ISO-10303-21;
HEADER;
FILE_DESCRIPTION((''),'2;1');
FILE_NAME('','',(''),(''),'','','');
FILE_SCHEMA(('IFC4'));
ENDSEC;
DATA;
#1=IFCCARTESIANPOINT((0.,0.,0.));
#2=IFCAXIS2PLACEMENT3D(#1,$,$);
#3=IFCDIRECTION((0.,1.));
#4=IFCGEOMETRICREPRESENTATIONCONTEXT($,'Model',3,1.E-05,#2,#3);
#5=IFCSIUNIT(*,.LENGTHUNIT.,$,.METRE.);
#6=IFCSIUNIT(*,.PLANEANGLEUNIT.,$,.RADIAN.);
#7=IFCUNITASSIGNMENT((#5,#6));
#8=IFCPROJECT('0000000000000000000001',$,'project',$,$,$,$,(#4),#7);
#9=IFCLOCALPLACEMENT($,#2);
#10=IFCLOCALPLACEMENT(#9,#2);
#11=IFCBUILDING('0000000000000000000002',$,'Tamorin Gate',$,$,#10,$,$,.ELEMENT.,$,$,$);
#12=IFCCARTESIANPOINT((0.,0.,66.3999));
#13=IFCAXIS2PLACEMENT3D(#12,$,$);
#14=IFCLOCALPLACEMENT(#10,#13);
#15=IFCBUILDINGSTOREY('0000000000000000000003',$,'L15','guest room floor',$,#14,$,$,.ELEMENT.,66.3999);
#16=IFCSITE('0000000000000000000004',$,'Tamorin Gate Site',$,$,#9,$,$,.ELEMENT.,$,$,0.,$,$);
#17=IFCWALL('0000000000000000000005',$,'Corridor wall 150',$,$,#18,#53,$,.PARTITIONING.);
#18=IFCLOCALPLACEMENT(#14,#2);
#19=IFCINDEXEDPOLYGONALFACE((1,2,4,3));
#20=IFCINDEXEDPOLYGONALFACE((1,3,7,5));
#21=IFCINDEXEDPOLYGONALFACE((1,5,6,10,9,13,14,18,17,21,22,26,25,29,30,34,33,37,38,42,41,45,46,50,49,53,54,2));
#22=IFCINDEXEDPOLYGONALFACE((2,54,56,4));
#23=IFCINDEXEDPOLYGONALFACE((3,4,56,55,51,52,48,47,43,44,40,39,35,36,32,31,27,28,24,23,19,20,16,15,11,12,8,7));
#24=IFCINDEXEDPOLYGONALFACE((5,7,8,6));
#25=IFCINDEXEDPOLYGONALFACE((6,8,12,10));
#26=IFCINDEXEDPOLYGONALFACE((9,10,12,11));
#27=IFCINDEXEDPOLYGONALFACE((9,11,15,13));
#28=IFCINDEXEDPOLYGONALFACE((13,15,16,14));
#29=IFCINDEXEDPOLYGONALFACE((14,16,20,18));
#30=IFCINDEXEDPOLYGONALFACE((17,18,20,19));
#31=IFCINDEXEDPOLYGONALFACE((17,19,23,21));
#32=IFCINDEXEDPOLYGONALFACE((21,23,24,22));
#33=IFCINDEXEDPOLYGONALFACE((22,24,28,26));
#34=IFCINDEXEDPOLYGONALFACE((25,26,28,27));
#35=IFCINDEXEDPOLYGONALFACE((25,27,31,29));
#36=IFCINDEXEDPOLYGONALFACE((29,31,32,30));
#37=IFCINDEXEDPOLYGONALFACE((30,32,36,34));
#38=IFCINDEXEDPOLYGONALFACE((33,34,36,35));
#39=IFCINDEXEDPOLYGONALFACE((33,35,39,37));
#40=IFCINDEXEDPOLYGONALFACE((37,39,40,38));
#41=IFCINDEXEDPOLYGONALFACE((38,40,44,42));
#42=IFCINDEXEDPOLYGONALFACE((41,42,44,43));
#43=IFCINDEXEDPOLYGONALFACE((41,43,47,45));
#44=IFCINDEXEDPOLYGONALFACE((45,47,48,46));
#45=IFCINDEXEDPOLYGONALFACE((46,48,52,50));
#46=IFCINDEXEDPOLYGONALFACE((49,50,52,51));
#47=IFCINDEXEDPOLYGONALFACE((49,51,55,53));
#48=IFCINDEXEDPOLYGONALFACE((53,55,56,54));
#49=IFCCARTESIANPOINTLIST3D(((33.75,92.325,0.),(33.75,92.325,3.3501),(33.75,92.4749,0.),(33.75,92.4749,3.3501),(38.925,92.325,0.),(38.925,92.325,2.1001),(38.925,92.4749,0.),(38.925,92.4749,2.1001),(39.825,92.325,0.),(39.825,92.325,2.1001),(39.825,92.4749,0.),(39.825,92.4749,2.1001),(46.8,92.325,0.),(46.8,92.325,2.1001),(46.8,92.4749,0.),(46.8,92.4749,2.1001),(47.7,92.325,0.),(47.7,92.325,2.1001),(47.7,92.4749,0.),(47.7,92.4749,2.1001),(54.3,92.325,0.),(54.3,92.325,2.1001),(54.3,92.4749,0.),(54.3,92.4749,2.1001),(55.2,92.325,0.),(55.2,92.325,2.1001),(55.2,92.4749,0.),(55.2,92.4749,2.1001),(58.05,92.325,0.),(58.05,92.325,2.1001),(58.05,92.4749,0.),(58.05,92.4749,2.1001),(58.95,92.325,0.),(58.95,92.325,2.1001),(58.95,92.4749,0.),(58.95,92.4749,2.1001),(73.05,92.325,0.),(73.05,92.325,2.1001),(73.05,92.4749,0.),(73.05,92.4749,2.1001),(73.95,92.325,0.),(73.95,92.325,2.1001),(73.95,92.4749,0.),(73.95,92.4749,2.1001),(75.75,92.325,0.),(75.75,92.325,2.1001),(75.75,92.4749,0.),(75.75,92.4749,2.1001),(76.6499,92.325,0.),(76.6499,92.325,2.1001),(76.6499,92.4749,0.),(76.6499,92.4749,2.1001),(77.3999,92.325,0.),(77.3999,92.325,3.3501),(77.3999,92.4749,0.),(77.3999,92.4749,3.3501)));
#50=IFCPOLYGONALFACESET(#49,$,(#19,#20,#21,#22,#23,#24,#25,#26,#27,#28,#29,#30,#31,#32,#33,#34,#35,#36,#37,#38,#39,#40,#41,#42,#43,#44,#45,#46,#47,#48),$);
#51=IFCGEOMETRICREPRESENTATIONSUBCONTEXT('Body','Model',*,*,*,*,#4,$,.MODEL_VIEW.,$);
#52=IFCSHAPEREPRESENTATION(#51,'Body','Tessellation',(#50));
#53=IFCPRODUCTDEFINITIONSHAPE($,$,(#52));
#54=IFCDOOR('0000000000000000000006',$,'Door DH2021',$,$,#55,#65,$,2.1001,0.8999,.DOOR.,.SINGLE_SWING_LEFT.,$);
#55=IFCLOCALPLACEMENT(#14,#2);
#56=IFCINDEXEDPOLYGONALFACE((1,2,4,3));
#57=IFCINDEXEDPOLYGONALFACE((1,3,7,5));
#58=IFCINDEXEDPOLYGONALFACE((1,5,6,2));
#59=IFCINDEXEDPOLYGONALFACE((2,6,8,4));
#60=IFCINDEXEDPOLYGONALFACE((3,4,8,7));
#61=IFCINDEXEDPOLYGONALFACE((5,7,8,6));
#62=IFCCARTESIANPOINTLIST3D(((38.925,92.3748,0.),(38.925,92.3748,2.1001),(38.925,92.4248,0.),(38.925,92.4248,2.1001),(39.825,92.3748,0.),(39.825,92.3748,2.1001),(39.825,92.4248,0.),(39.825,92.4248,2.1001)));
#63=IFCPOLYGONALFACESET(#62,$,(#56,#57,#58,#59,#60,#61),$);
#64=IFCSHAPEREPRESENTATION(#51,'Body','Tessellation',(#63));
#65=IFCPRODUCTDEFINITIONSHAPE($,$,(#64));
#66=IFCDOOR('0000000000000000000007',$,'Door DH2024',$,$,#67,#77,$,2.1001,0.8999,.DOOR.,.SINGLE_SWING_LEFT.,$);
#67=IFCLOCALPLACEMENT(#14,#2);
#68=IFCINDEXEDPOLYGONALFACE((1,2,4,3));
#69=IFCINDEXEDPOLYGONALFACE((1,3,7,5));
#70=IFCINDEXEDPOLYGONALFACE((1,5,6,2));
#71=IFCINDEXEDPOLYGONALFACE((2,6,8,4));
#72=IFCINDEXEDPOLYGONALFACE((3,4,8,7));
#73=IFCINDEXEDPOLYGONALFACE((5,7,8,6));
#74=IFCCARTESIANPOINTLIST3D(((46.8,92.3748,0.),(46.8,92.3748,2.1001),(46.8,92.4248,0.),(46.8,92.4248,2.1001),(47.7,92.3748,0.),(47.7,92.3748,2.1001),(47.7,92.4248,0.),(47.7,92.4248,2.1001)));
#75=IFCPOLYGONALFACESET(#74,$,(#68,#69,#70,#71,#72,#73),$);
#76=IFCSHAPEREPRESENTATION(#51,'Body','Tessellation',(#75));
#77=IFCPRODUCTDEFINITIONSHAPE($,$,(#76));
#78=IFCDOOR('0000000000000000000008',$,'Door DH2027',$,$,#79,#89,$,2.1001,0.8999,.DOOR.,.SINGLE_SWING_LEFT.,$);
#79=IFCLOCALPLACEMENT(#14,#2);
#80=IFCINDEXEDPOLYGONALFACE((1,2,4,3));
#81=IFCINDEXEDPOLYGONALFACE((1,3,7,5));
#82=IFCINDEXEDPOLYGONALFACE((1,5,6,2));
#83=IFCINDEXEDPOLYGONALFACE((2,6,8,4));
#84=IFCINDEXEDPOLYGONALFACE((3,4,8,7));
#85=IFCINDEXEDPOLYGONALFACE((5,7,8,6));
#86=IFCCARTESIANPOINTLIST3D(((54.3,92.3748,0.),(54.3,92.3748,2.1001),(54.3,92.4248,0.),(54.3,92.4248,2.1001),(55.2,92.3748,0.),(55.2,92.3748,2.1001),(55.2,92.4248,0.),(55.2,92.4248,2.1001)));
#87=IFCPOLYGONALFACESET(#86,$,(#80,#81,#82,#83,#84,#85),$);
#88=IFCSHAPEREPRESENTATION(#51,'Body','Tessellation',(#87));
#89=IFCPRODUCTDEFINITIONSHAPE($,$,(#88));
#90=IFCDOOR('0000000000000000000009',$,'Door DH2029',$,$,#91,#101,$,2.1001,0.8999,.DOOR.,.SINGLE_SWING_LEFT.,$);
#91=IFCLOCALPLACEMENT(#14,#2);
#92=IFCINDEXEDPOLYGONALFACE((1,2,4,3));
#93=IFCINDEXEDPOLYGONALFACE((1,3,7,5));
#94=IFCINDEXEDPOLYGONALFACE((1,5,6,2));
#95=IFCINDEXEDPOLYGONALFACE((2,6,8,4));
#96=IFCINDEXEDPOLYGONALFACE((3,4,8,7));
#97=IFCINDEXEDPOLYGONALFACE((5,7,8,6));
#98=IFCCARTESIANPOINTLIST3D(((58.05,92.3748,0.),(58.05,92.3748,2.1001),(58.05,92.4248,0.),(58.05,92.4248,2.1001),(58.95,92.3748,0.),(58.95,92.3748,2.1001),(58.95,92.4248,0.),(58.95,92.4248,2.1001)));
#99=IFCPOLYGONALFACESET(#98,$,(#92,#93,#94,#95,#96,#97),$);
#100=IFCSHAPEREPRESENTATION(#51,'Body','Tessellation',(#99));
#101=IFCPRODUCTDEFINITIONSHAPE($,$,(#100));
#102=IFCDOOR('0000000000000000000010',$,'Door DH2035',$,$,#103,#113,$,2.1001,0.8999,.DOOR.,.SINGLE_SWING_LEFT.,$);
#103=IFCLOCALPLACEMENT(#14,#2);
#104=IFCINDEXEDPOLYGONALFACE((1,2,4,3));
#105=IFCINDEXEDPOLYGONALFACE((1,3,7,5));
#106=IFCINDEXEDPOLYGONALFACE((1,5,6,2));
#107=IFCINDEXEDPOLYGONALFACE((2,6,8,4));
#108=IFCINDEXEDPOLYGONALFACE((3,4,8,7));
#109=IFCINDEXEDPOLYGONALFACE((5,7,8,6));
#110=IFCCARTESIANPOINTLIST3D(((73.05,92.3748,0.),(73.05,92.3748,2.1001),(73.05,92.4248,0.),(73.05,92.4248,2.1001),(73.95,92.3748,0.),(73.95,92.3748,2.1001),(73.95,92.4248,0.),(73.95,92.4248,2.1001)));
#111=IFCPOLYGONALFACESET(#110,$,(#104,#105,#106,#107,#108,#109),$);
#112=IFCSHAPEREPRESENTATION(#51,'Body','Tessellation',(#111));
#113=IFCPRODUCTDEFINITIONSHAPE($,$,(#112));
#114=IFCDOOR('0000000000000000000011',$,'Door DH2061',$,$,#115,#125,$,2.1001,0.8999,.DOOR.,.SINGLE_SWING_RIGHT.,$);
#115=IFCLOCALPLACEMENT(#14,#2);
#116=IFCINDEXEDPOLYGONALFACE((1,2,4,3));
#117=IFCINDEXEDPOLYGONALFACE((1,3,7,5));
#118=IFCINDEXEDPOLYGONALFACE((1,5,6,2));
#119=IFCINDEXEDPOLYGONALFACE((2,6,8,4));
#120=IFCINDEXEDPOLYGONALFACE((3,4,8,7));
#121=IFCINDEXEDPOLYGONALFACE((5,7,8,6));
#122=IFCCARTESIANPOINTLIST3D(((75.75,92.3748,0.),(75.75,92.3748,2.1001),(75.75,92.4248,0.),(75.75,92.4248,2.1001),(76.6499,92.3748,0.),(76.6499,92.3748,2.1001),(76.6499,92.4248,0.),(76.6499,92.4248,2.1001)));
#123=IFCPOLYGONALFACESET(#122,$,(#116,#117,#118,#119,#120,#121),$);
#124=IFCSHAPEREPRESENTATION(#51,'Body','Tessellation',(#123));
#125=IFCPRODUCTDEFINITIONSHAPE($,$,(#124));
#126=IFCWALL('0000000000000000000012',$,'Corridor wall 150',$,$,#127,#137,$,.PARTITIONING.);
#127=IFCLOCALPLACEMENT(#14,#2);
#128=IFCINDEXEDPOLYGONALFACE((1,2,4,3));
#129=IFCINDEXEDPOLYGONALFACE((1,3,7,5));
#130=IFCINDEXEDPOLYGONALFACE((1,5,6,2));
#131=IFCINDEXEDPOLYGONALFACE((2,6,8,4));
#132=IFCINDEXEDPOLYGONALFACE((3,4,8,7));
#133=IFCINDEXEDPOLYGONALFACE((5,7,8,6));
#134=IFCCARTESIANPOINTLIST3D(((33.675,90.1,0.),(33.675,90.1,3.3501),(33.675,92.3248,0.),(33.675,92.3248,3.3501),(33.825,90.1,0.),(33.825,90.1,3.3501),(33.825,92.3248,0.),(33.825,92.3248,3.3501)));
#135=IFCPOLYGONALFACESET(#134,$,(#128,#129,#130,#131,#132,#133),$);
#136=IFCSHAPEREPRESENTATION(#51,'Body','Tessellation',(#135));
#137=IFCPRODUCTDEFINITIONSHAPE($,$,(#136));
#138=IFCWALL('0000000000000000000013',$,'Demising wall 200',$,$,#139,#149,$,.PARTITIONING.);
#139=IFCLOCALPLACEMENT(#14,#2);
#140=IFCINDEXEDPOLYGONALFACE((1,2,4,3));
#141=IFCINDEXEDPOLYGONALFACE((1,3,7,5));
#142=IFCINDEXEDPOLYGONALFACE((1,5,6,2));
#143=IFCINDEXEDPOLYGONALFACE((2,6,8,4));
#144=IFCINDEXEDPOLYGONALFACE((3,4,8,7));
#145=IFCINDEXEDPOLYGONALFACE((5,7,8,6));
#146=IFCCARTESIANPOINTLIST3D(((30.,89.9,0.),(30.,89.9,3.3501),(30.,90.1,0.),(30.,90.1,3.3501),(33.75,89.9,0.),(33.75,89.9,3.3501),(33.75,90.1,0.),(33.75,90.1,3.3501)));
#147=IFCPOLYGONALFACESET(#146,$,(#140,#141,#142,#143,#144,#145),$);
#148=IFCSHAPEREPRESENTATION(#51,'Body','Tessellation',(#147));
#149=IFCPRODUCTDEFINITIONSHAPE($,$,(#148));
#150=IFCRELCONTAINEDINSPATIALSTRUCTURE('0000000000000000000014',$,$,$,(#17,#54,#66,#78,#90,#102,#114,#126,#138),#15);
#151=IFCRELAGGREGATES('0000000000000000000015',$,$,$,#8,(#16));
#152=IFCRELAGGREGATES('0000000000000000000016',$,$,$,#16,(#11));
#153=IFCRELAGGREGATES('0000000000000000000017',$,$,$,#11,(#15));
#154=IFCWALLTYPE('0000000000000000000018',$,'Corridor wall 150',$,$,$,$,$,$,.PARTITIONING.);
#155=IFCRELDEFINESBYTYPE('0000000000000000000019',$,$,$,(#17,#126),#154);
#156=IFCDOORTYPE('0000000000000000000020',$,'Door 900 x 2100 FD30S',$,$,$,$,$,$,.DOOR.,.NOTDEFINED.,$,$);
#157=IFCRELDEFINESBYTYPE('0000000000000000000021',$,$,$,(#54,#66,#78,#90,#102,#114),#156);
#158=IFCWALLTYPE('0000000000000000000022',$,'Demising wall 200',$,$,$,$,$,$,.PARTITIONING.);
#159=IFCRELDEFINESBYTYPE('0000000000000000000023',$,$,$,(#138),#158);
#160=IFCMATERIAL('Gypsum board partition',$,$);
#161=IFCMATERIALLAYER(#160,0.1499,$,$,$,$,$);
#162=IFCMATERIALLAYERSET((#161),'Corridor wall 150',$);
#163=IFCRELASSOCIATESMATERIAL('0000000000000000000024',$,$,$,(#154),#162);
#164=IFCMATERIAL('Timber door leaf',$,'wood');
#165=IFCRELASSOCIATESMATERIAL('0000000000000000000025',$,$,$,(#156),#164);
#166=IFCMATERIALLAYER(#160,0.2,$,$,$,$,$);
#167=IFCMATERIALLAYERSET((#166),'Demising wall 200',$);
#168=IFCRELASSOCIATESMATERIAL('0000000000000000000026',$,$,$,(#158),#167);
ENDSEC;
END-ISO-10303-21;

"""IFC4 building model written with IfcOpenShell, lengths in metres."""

from ifc_helpers import new_model, si_unit, direction, frame, frame_2d, origin, place, context, subcontext, project, spatial, rectangle, extrude, material, layer, layer_set, type_object, element, fill, save


model = new_model("IFC4")

# Units and contexts
model_context = context("Model", 3, precision=1e-05, world=origin(), true_north=direction((0.0, 1.0)))
body_context = subcontext(model_context, "Body", "Model", "MODEL_VIEW")
ifc_project = project(units=[si_unit("LENGTHUNIT", "METRE"), si_unit("PLANEANGLEUNIT", "RADIAN")], contexts=[model_context])

# Site, building, storey
site_placement = place(None, origin())
site = spatial("IfcSite", under=ifc_project, at=site_placement, Name="Tamorin Gate Site", CompositionType="ELEMENT", RefElevation=0.0)
building_placement = place(site_placement, origin())
building = spatial("IfcBuilding", under=site, at=building_placement, Name="Tamorin Gate", CompositionType="ELEMENT")
storey_placement = place(building_placement, frame((0.0, 0.0, 66.3999)))
storey = spatial("IfcBuildingStorey", under=building, at=storey_placement, Name="L15", Description="guest room floor", CompositionType="ELEMENT", Elevation=66.3999)

# Wall, openings, doors
ifc_material_1 = material(Name="Gypsum board partition")
ifc_layer_1 = layer(ifc_material_1, 0.1499)
ifc_layer_set_1 = layer_set([ifc_layer_1], Name="Corridor wall 150")
wall_type_1 = type_object("IfcWallType", Name="Corridor wall 150", PredefinedType="PARTITIONING", material=ifc_layer_set_1)
ifc_material_2 = material(Name="Timber door leaf", Category="wood")
door_type_1 = type_object("IfcDoorType", Name="Door 900 x 2100 FD30S", OperationType="NOTDEFINED", PredefinedType="DOOR", material=ifc_material_2)
wall_1_placement = place(storey_placement, frame((33.75, 92.3999, 0.0), z_axis=(0.0, 0.0, 1.0), x_axis=(1.0, 0.0, 0.0)))
wall_1 = element("IfcWall", 1, at=wall_1_placement, inside=storey, type_object=wall_type_1, Name="Corridor wall 150", PredefinedType="PARTITIONING", context=body_context, shape_type="SweptSolid", body=[
    extrude(rectangle(XDim=43.6499, YDim=0.1499, at=frame_2d((21.825, 0.0))), origin(), (0.0, 0.0, 1.0), 3.3501),
])
opening_1_placement = place(wall_1_placement, frame((5.175, 0.0, 0.0)))
opening_1 = element("IfcOpeningElement", 2, at=opening_1_placement, cuts=wall_1, PredefinedType="OPENING", context=body_context, shape_type="SweptSolid", body=[
    extrude(rectangle(XDim=0.8999, YDim=2.1001, at=frame_2d((0.45, 1.05))), frame((0.0, 0.085, 0.0), z_axis=(0.0, -1.0, 0.0), x_axis=(1.0, 0.0, 0.0)), (0.0, 0.0, 1.0), 0.1699),
])
opening_2_placement = place(wall_1_placement, frame((13.05, 0.0, 0.0)))
opening_2 = element("IfcOpeningElement", 3, at=opening_2_placement, cuts=wall_1, PredefinedType="OPENING", context=body_context, shape_type="SweptSolid", body=[
    extrude(rectangle(XDim=0.8999, YDim=2.1001, at=frame_2d((0.45, 1.05))), frame((0.0, 0.085, 0.0), z_axis=(0.0, -1.0, 0.0), x_axis=(1.0, 0.0, 0.0)), (0.0, 0.0, 1.0), 0.1699),
])
opening_3_placement = place(wall_1_placement, frame((20.55, 0.0, 0.0)))
opening_3 = element("IfcOpeningElement", 4, at=opening_3_placement, cuts=wall_1, PredefinedType="OPENING", context=body_context, shape_type="SweptSolid", body=[
    extrude(rectangle(XDim=0.8999, YDim=2.1001, at=frame_2d((0.45, 1.05))), frame((0.0, 0.085, 0.0), z_axis=(0.0, -1.0, 0.0), x_axis=(1.0, 0.0, 0.0)), (0.0, 0.0, 1.0), 0.1699),
])
opening_4_placement = place(wall_1_placement, frame((24.3, 0.0, 0.0)))
opening_4 = element("IfcOpeningElement", 5, at=opening_4_placement, cuts=wall_1, PredefinedType="OPENING", context=body_context, shape_type="SweptSolid", body=[
    extrude(rectangle(XDim=0.8999, YDim=2.1001, at=frame_2d((0.45, 1.05))), frame((0.0, 0.085, 0.0), z_axis=(0.0, -1.0, 0.0), x_axis=(1.0, 0.0, 0.0)), (0.0, 0.0, 1.0), 0.1699),
])
opening_5_placement = place(wall_1_placement, frame((39.3, 0.0, 0.0)))
opening_5 = element("IfcOpeningElement", 6, at=opening_5_placement, cuts=wall_1, PredefinedType="OPENING", context=body_context, shape_type="SweptSolid", body=[
    extrude(rectangle(XDim=0.8999, YDim=2.1001, at=frame_2d((0.45, 1.05))), frame((0.0, 0.085, 0.0), z_axis=(0.0, -1.0, 0.0), x_axis=(1.0, 0.0, 0.0)), (0.0, 0.0, 1.0), 0.1699),
])
opening_6_placement = place(wall_1_placement, frame((42.0, 0.0, 0.0)))
opening_6 = element("IfcOpeningElement", 7, at=opening_6_placement, cuts=wall_1, PredefinedType="OPENING", context=body_context, shape_type="SweptSolid", body=[
    extrude(rectangle(XDim=0.8999, YDim=2.1001, at=frame_2d((0.45, 1.05))), frame((0.0, 0.085, 0.0), z_axis=(0.0, -1.0, 0.0), x_axis=(1.0, 0.0, 0.0)), (0.0, 0.0, 1.0), 0.1699),
])
door_1_placement = place(opening_1_placement, origin())
door_1 = element("IfcDoor", 8, at=door_1_placement, inside=storey, type_object=door_type_1, Name="Door DH2021", OperationType="SINGLE_SWING_LEFT", OverallHeight=2.1001, OverallWidth=0.8999, PredefinedType="DOOR", context=body_context, shape_type="SweptSolid", body=[
    extrude(rectangle(XDim=0.8999, YDim=2.1001, at=frame_2d((0.45, 1.05))), frame((0.0, 0.0249, 0.0), z_axis=(0.0, -1.0, 0.0), x_axis=(1.0, 0.0, 0.0)), (0.0, 0.0, 1.0), 0.05),
])
fill(opening_1, door_1)
door_2_placement = place(opening_2_placement, origin())
door_2 = element("IfcDoor", 9, at=door_2_placement, inside=storey, type_object=door_type_1, Name="Door DH2024", OperationType="SINGLE_SWING_LEFT", OverallHeight=2.1001, OverallWidth=0.8999, PredefinedType="DOOR", context=body_context, shape_type="SweptSolid", body=[
    extrude(rectangle(XDim=0.8999, YDim=2.1001, at=frame_2d((0.45, 1.05))), frame((0.0, 0.0249, 0.0), z_axis=(0.0, -1.0, 0.0), x_axis=(1.0, 0.0, 0.0)), (0.0, 0.0, 1.0), 0.05),
])
fill(opening_2, door_2)
door_3_placement = place(opening_3_placement, origin())
door_3 = element("IfcDoor", 10, at=door_3_placement, inside=storey, type_object=door_type_1, Name="Door DH2027", OperationType="SINGLE_SWING_LEFT", OverallHeight=2.1001, OverallWidth=0.8999, PredefinedType="DOOR", context=body_context, shape_type="SweptSolid", body=[
    extrude(rectangle(XDim=0.8999, YDim=2.1001, at=frame_2d((0.45, 1.05))), frame((0.0, 0.0249, 0.0), z_axis=(0.0, -1.0, 0.0), x_axis=(1.0, 0.0, 0.0)), (0.0, 0.0, 1.0), 0.05),
])
fill(opening_3, door_3)
door_4_placement = place(opening_4_placement, origin())
door_4 = element("IfcDoor", 11, at=door_4_placement, inside=storey, type_object=door_type_1, Name="Door DH2029", OperationType="SINGLE_SWING_LEFT", OverallHeight=2.1001, OverallWidth=0.8999, PredefinedType="DOOR", context=body_context, shape_type="SweptSolid", body=[
    extrude(rectangle(XDim=0.8999, YDim=2.1001, at=frame_2d((0.45, 1.05))), frame((0.0, 0.0249, 0.0), z_axis=(0.0, -1.0, 0.0), x_axis=(1.0, 0.0, 0.0)), (0.0, 0.0, 1.0), 0.05),
])
fill(opening_4, door_4)
door_5_placement = place(opening_5_placement, origin())
door_5 = element("IfcDoor", 12, at=door_5_placement, inside=storey, type_object=door_type_1, Name="Door DH2035", OperationType="SINGLE_SWING_LEFT", OverallHeight=2.1001, OverallWidth=0.8999, PredefinedType="DOOR", context=body_context, shape_type="SweptSolid", body=[
    extrude(rectangle(XDim=0.8999, YDim=2.1001, at=frame_2d((0.45, 1.05))), frame((0.0, 0.0249, 0.0), z_axis=(0.0, -1.0, 0.0), x_axis=(1.0, 0.0, 0.0)), (0.0, 0.0, 1.0), 0.05),
])
fill(opening_5, door_5)
door_6_placement = place(opening_6_placement, origin())
door_6 = element("IfcDoor", 13, at=door_6_placement, inside=storey, type_object=door_type_1, Name="Door DH2061", OperationType="SINGLE_SWING_RIGHT", OverallHeight=2.1001, OverallWidth=0.8999, PredefinedType="DOOR", context=body_context, shape_type="SweptSolid", body=[
    extrude(rectangle(XDim=0.8999, YDim=2.1001, at=frame_2d((0.45, 1.05))), frame((0.0, 0.0249, 0.0), z_axis=(0.0, -1.0, 0.0), x_axis=(1.0, 0.0, 0.0)), (0.0, 0.0, 1.0), 0.05),
])
fill(opening_6, door_6)

# Walls
wall_2_placement = place(storey_placement, frame((33.75, 90.1001, 0.0), z_axis=(0.0, 0.0, 1.0), x_axis=(0.0, 1.0, 0.0)))
element("IfcWall", 14, at=wall_2_placement, inside=storey, type_object=wall_type_1, Name="Corridor wall 150", PredefinedType="PARTITIONING", context=body_context, shape_type="SweptSolid", body=[
    extrude(rectangle(XDim=2.2249, YDim=0.1499, at=frame_2d((1.1123, 0.0))), origin(), (0.0, 0.0, 1.0), 3.3501),
])
ifc_layer_2 = layer(ifc_material_1, 0.2)
ifc_layer_set_2 = layer_set([ifc_layer_2], Name="Demising wall 200")
wall_type_2 = type_object("IfcWallType", Name="Demising wall 200", PredefinedType="PARTITIONING", material=ifc_layer_set_2)
wall_3_placement = place(storey_placement, frame((30.0, 90.0, 0.0), z_axis=(0.0, 0.0, 1.0), x_axis=(1.0, 0.0, 0.0)))
element("IfcWall", 15, at=wall_3_placement, inside=storey, type_object=wall_type_2, Name="Demising wall 200", PredefinedType="PARTITIONING", context=body_context, shape_type="SweptSolid", body=[
    extrude(rectangle(XDim=3.75, YDim=0.2, at=frame_2d((1.875, 0.0))), origin(), (0.0, 0.0, 1.0), 3.3501),
])

save(model, "model.ifc")
